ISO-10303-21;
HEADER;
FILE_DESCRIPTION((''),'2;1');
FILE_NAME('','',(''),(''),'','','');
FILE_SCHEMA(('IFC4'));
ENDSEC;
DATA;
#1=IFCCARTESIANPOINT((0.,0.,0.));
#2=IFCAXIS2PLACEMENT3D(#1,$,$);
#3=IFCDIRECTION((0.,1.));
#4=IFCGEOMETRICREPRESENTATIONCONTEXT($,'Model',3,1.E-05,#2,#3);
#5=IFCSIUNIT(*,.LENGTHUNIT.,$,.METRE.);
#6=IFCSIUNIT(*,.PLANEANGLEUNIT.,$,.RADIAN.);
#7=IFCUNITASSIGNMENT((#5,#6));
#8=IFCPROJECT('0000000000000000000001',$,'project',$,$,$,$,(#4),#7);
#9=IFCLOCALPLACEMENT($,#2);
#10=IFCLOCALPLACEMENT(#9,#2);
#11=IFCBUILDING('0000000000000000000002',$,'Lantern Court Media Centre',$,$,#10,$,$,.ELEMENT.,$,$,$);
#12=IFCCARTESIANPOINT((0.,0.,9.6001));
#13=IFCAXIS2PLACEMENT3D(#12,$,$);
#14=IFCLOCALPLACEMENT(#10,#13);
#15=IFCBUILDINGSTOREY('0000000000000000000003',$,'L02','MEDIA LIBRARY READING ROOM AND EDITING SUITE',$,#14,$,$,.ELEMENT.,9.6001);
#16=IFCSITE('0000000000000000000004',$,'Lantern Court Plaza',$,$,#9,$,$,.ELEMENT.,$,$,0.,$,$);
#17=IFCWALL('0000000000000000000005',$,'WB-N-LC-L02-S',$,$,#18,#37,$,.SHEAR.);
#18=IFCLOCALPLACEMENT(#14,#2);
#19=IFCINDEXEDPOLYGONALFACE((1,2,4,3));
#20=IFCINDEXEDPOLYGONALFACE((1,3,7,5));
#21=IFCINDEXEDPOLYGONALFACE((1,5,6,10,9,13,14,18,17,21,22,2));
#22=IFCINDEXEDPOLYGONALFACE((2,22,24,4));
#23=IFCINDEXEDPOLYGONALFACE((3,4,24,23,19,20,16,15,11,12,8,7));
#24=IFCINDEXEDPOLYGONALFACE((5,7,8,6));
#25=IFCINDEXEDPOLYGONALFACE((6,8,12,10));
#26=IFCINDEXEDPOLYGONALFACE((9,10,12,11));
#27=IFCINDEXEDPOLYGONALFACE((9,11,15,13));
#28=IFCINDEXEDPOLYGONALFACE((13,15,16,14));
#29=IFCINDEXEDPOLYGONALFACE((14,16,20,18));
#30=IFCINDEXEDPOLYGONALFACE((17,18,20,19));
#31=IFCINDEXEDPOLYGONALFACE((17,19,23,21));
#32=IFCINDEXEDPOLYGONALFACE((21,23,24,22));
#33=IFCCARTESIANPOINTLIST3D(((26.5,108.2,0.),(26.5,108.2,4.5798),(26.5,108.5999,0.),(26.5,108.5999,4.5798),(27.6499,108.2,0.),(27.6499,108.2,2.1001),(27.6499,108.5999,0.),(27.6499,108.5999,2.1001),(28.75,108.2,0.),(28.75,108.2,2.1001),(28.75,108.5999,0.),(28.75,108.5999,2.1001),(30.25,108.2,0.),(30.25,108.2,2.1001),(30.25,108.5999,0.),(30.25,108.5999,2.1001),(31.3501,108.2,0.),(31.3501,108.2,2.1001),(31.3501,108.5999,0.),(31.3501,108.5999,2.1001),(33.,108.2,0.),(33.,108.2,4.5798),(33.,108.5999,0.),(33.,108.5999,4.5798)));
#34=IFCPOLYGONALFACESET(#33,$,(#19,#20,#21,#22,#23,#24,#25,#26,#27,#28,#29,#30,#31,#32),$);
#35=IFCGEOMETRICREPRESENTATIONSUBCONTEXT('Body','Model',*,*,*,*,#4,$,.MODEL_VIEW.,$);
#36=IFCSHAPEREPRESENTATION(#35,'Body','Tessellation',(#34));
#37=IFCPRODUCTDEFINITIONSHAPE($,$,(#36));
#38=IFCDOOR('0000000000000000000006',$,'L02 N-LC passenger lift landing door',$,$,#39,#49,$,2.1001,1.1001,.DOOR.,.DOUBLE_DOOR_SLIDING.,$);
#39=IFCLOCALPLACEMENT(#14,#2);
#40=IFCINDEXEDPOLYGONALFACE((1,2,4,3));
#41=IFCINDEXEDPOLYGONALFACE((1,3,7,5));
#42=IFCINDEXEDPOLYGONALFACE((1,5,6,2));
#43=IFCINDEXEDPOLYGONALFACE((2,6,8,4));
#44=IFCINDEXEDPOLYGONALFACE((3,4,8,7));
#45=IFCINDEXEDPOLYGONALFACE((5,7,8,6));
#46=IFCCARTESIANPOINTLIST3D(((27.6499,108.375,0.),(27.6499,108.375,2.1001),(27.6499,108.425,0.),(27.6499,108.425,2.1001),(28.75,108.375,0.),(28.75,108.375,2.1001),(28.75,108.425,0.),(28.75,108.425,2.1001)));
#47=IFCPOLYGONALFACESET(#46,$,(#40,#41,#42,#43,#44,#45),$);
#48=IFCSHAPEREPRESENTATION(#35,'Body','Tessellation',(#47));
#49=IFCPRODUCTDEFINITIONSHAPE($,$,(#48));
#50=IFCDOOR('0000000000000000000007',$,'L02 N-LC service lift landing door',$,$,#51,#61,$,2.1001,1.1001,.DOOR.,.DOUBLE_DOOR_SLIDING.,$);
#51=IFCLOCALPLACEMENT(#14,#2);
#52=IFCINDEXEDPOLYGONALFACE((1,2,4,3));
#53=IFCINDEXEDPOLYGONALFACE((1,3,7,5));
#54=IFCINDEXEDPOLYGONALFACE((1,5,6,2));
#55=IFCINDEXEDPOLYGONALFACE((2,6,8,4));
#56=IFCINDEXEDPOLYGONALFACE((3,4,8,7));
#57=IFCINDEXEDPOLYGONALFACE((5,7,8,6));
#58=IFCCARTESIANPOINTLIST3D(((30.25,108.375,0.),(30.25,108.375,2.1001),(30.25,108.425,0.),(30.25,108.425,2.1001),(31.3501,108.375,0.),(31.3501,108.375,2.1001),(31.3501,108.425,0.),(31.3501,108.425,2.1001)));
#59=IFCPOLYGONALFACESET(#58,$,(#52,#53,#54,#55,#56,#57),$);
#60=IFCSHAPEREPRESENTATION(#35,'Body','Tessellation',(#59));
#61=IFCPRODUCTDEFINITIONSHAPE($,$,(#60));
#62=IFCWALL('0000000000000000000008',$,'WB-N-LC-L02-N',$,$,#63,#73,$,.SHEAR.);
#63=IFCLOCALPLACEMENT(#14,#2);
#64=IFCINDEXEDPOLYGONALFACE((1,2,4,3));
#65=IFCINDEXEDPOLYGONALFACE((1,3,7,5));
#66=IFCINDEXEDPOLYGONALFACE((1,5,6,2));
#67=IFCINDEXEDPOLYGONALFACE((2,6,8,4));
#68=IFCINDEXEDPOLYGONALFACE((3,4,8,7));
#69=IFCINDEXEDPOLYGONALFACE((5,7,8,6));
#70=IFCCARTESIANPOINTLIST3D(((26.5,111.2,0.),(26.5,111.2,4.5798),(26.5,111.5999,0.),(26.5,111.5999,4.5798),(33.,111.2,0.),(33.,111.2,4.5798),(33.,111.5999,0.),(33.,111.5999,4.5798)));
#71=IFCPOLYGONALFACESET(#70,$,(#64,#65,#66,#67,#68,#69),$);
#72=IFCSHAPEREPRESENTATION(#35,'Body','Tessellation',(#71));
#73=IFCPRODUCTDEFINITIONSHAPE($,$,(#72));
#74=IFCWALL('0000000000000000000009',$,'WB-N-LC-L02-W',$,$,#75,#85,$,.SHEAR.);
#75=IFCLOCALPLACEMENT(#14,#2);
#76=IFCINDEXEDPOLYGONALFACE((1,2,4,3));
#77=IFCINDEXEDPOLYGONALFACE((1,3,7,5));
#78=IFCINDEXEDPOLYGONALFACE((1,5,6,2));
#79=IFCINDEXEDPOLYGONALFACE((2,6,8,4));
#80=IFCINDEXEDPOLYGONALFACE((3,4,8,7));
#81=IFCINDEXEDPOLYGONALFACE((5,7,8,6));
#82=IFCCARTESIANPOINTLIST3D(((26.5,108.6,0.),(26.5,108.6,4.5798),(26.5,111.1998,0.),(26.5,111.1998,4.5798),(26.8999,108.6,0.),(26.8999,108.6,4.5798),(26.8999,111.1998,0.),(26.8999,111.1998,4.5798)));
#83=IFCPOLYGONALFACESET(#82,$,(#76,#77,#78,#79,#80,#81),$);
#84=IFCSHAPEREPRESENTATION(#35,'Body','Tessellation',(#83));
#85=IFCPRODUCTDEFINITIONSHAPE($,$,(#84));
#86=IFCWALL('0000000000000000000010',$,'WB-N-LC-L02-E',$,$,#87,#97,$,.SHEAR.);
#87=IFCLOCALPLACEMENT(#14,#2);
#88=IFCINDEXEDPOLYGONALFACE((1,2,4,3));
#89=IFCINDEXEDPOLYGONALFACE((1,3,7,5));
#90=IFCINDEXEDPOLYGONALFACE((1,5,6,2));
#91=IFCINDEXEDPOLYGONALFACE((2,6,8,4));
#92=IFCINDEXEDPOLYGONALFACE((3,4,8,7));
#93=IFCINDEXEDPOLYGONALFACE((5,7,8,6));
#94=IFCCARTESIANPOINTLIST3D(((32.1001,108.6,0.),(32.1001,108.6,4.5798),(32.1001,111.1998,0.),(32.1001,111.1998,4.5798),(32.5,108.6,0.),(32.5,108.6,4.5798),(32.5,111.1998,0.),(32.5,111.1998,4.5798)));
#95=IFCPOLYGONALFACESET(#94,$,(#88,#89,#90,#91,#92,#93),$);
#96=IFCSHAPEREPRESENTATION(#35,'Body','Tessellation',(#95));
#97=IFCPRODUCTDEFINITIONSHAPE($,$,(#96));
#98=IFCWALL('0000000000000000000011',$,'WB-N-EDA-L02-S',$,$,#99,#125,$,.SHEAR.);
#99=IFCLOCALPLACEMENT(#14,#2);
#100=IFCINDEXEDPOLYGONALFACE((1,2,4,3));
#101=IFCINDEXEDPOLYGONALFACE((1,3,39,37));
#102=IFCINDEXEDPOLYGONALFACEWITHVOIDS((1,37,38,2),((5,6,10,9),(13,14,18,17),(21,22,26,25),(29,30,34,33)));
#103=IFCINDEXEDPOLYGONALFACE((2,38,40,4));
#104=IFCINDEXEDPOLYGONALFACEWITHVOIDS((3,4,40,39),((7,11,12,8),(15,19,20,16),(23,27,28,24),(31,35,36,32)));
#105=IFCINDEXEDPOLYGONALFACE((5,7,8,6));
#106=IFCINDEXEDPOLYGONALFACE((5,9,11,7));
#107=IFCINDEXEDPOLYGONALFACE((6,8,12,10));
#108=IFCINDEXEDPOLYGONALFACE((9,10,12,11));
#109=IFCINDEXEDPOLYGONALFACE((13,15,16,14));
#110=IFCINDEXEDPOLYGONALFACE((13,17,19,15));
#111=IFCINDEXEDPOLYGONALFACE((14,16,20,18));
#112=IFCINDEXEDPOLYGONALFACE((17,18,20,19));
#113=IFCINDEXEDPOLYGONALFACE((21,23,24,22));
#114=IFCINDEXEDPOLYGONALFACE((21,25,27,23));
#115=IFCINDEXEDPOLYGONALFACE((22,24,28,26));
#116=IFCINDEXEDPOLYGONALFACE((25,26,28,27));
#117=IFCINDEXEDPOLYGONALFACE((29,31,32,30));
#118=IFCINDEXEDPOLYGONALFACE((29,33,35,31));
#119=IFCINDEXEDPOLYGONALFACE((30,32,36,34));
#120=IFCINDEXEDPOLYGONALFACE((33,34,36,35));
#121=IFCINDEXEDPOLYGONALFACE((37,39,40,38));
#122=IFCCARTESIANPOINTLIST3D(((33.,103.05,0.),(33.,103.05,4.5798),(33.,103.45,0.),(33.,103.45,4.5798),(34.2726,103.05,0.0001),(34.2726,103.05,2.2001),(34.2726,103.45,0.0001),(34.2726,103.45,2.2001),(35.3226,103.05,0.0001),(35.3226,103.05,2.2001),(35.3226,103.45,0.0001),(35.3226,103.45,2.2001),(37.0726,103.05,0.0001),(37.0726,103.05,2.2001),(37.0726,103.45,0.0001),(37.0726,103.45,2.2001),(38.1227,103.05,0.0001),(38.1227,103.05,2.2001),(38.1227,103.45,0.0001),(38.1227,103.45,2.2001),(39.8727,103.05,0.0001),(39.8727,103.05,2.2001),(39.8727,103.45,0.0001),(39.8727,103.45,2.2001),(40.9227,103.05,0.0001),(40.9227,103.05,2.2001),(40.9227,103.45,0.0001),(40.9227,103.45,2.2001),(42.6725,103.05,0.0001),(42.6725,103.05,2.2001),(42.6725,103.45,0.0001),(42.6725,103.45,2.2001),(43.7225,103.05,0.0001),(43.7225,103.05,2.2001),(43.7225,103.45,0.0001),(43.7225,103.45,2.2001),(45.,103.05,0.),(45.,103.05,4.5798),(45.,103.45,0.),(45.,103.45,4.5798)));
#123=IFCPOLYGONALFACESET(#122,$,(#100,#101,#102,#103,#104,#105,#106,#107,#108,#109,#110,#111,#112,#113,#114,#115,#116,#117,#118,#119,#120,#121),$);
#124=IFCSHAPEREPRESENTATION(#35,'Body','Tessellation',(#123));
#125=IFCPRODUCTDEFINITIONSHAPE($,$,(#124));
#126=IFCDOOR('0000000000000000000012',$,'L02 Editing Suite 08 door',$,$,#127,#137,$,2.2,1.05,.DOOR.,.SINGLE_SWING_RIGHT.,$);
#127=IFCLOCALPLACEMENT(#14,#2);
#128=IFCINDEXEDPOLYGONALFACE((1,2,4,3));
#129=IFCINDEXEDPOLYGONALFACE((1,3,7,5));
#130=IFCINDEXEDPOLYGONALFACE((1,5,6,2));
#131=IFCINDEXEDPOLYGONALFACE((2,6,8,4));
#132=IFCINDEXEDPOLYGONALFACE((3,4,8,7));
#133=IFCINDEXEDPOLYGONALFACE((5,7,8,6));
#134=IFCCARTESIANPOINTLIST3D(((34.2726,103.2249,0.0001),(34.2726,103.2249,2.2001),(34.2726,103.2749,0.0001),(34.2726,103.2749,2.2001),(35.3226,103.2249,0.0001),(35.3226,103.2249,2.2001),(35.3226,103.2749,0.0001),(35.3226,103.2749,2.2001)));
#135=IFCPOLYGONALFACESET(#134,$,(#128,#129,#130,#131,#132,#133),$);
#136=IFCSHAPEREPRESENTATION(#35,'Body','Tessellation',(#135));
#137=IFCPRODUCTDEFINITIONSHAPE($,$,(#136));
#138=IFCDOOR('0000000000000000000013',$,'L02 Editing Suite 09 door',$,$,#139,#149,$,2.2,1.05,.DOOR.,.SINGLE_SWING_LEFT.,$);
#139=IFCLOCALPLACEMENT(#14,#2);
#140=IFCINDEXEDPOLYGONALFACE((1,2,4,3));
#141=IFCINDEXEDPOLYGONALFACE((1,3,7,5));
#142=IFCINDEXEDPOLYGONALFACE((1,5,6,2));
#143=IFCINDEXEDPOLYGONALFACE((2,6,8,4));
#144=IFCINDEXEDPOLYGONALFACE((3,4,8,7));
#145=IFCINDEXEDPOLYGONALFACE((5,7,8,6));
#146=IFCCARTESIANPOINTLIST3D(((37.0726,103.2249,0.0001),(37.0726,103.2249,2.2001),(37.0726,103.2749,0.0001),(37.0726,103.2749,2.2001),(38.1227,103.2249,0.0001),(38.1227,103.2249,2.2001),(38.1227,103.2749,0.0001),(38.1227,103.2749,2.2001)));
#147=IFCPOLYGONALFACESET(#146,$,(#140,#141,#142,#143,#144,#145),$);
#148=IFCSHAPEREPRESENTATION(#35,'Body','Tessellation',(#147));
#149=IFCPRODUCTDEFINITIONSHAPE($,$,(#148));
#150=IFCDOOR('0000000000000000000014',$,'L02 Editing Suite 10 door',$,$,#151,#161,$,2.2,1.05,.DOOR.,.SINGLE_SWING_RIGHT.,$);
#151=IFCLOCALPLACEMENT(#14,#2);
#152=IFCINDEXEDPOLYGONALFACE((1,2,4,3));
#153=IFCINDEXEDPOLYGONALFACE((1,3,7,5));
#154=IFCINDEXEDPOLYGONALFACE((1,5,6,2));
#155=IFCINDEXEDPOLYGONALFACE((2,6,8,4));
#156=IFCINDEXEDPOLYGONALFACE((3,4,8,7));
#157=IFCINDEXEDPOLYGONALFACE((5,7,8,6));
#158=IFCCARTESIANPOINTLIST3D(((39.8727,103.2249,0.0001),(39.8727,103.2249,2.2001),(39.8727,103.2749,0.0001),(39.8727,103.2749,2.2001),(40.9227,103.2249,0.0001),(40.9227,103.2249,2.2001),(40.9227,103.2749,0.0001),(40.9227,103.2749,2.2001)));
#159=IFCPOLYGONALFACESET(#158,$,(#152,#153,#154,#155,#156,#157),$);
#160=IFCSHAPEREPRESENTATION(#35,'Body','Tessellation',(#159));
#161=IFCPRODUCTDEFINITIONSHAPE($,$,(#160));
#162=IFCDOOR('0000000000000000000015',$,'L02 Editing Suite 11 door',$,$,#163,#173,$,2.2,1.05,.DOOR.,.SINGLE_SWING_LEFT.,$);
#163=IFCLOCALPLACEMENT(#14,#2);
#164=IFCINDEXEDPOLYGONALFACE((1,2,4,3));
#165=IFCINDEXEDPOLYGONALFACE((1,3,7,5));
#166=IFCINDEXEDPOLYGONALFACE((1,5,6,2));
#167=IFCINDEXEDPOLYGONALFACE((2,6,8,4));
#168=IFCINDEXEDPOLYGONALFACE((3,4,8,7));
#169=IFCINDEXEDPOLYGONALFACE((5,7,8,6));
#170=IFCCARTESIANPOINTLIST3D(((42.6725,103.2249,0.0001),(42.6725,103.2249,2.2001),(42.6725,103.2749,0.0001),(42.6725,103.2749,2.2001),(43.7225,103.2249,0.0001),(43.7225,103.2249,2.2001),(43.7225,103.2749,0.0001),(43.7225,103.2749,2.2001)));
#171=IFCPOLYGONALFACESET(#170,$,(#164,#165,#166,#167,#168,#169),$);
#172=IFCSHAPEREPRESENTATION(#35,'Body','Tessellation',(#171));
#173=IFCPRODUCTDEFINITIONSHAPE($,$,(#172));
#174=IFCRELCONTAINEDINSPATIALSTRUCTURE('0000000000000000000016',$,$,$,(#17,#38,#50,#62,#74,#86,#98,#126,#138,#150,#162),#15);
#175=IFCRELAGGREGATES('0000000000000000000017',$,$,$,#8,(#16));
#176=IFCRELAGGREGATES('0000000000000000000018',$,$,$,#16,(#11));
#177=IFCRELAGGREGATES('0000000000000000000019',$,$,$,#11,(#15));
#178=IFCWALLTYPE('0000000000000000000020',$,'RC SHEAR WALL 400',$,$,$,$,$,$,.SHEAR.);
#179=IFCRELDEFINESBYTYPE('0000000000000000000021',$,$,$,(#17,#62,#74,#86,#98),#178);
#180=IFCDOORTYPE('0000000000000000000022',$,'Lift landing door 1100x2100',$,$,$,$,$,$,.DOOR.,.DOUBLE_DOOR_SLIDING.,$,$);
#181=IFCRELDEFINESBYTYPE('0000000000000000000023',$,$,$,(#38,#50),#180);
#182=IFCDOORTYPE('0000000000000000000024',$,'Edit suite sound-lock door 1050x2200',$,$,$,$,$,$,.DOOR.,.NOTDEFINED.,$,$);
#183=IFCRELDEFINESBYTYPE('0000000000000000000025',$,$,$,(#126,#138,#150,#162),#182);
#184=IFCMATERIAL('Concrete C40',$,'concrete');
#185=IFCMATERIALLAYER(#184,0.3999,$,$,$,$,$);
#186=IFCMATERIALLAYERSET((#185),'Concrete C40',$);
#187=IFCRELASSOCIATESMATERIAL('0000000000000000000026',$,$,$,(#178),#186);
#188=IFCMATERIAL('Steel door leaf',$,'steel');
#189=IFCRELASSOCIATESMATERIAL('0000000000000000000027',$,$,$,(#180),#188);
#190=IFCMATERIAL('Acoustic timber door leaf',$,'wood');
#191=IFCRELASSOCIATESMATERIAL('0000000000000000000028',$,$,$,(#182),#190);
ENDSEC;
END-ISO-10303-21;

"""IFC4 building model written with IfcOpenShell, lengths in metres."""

from ifc_helpers import new_model, si_unit, direction, frame, frame_2d, origin, place, context, subcontext, project, spatial, rectangle, extrude, material, layer, layer_set, type_object, element, fill, save


model = new_model("IFC4")

# Units and contexts
model_context = context("Model", 3, precision=1e-05, world=origin(), true_north=direction((0.0, 1.0)))
body_context = subcontext(model_context, "Body", "Model", "MODEL_VIEW")
ifc_project = project(units=[si_unit("LENGTHUNIT", "METRE"), si_unit("PLANEANGLEUNIT", "RADIAN")], contexts=[model_context])

# Site, building, storey
site_placement = place(None, origin())
site = spatial("IfcSite", under=ifc_project, at=site_placement, Name="Lantern Court Plaza", CompositionType="ELEMENT", RefElevation=0.0)
building_placement = place(site_placement, origin())
building = spatial("IfcBuilding", under=site, at=building_placement, Name="Lantern Court Media Centre", CompositionType="ELEMENT")
storey_placement = place(building_placement, frame((0.0, 0.0, 9.6001)))
storey = spatial("IfcBuildingStorey", under=building, at=storey_placement, Name="L02", Description="MEDIA LIBRARY READING ROOM AND EDITING SUITE", CompositionType="ELEMENT", Elevation=9.6001)

# Shared definitions
ifc_material_1 = material(Name="Concrete C40", Category="concrete")

# Wall, openings, doors
ifc_layer_1 = layer(ifc_material_1, 0.3999)
ifc_layer_set_1 = layer_set([ifc_layer_1], Name="Concrete C40")
wall_type_1 = type_object("IfcWallType", Name="RC SHEAR WALL 400", PredefinedType="SHEAR", material=ifc_layer_set_1)
wall_1_placement = place(storey_placement, frame((26.5, 108.3999, 0.0), z_axis=(0.0, 0.0, 1.0), x_axis=(1.0, 0.0, 0.0)))
wall_1 = element("IfcWall", 1, at=wall_1_placement, inside=storey, type_object=wall_type_1, Name="WB-N-LC-L02-S", PredefinedType="SHEAR", context=body_context, shape_type="SweptSolid", body=[
    extrude(rectangle(XDim=6.5, YDim=0.3999, at=frame_2d((3.25, 0.0))), origin(), (0.0, 0.0, 1.0), 4.5798),
])
opening_1_placement = place(wall_1_placement, frame((1.1499, 0.0, 0.0)))
opening_1 = element("IfcOpeningElement", 2, at=opening_1_placement, cuts=wall_1, PredefinedType="OPENING", context=body_context, shape_type="SweptSolid", body=[
    extrude(rectangle(XDim=1.1001, YDim=2.1001, at=frame_2d((0.55, 1.05))), frame((0.0, 0.21, 0.0), z_axis=(0.0, -1.0, 0.0), x_axis=(1.0, 0.0, 0.0)), (0.0, 0.0, 1.0), 0.4199),
])
opening_2_placement = place(wall_1_placement, frame((3.75, 0.0, 0.0)))
opening_2 = element("IfcOpeningElement", 3, at=opening_2_placement, cuts=wall_1, PredefinedType="OPENING", context=body_context, shape_type="SweptSolid", body=[
    extrude(rectangle(XDim=1.1001, YDim=2.1001, at=frame_2d((0.55, 1.05))), frame((0.0, 0.21, 0.0), z_axis=(0.0, -1.0, 0.0), x_axis=(1.0, 0.0, 0.0)), (0.0, 0.0, 1.0), 0.4199),
])
ifc_material_2 = material(Name="Steel door leaf", Category="steel")
door_type_1 = type_object("IfcDoorType", Name="Lift landing door 1100x2100", OperationType="DOUBLE_DOOR_SLIDING", PredefinedType="DOOR", material=ifc_material_2)
door_1_placement = place(opening_1_placement, frame((1.1001, 0.0, 0.0), z_axis=(0.0, 0.0, 1.0), x_axis=(-1.0, 0.0, 0.0)))
door_1 = element("IfcDoor", 4, at=door_1_placement, inside=storey, type_object=door_type_1, Name="L02 N-LC passenger lift landing door", OperationType="DOUBLE_DOOR_SLIDING", OverallHeight=2.1001, OverallWidth=1.1001, PredefinedType="DOOR", context=body_context, shape_type="SweptSolid", body=[
    extrude(rectangle(XDim=1.1001, YDim=2.1001, at=frame_2d((0.55, 1.05))), frame((0.0, 0.0249, 0.0), z_axis=(0.0, -1.0, 0.0), x_axis=(1.0, 0.0, 0.0)), (0.0, 0.0, 1.0), 0.05),
])
fill(opening_1, door_1)
door_2_placement = place(opening_2_placement, frame((1.1001, 0.0, 0.0), z_axis=(0.0, 0.0, 1.0), x_axis=(-1.0, 0.0, 0.0)))
door_2 = element("IfcDoor", 5, at=door_2_placement, inside=storey, type_object=door_type_1, Name="L02 N-LC service lift landing door", OperationType="DOUBLE_DOOR_SLIDING", OverallHeight=2.1001, OverallWidth=1.1001, PredefinedType="DOOR", context=body_context, shape_type="SweptSolid", body=[
    extrude(rectangle(XDim=1.1001, YDim=2.1001, at=frame_2d((0.55, 1.05))), frame((0.0, 0.0249, 0.0), z_axis=(0.0, -1.0, 0.0), x_axis=(1.0, 0.0, 0.0)), (0.0, 0.0, 1.0), 0.05),
])
fill(opening_2, door_2)

# Walls
wall_2_placement = place(storey_placement, frame((26.5, 111.3999, 0.0), z_axis=(0.0, 0.0, 1.0), x_axis=(1.0, 0.0, 0.0)))
element("IfcWall", 6, at=wall_2_placement, inside=storey, type_object=wall_type_1, Name="WB-N-LC-L02-N", PredefinedType="SHEAR", context=body_context, shape_type="SweptSolid", body=[
    extrude(rectangle(XDim=6.5, YDim=0.3999, at=frame_2d((3.25, 0.0))), origin(), (0.0, 0.0, 1.0), 4.5798),
])
for number, where, z_axis, x_axis, name in (
    (7, (26.7, 108.6001, 0.0), (0.0, 0.0, 1.0), (0.0, 1.0, 0.0), "WB-N-LC-L02-W"),
    (8, (32.3, 108.6001, 0.0), (0.0, 0.0, 1.0), (0.0, 1.0, 0.0), "WB-N-LC-L02-E"),
):
    element("IfcWall", number, at=place(storey_placement, frame(where, z_axis=z_axis, x_axis=x_axis)), inside=storey, type_object=wall_type_1, Name=name, PredefinedType="SHEAR", context=body_context, shape_type="SweptSolid", body=[
        extrude(rectangle(XDim=2.5999, YDim=0.3999, at=frame_2d((1.2998, 0.0))), origin(), (0.0, 0.0, 1.0), 4.5798),
    ])

# Wall, openings, doors
wall_3_placement = place(storey_placement, frame((33.0, 103.25, 0.0), z_axis=(0.0, 0.0, 1.0), x_axis=(1.0, 0.0, 0.0)))
wall_3 = element("IfcWall", 9, at=wall_3_placement, inside=storey, type_object=wall_type_1, Name="WB-N-EDA-L02-S", PredefinedType="SHEAR", context=body_context, shape_type="SweptSolid", body=[
    extrude(rectangle(XDim=12.0, YDim=0.3999, at=frame_2d((6.0, 0.0))), origin(), (0.0, 0.0, 1.0), 4.5798),
])
opening_3_placement = place(wall_3_placement, frame((1.2727, 0.0, 0.0)))
opening_3 = element("IfcOpeningElement", 10, at=opening_3_placement, cuts=wall_3, PredefinedType="OPENING", context=body_context, shape_type="SweptSolid", body=[
    extrude(rectangle(XDim=1.05, YDim=2.2, at=frame_2d((0.5249, 1.1001))), frame((0.0, 0.21, 0.0), z_axis=(0.0, -1.0, 0.0), x_axis=(1.0, 0.0, 0.0)), (0.0, 0.0, 1.0), 0.4199),
])
opening_4_placement = place(wall_3_placement, frame((4.0728, 0.0, 0.0)))
opening_4 = element("IfcOpeningElement", 11, at=opening_4_placement, cuts=wall_3, PredefinedType="OPENING", context=body_context, shape_type="SweptSolid", body=[
    extrude(rectangle(XDim=1.05, YDim=2.2, at=frame_2d((0.5249, 1.1001))), frame((0.0, 0.21, 0.0), z_axis=(0.0, -1.0, 0.0), x_axis=(1.0, 0.0, 0.0)), (0.0, 0.0, 1.0), 0.4199),
])
opening_5_placement = place(wall_3_placement, frame((6.8728, 0.0, 0.0)))
opening_5 = element("IfcOpeningElement", 12, at=opening_5_placement, cuts=wall_3, PredefinedType="OPENING", context=body_context, shape_type="SweptSolid", body=[
    extrude(rectangle(XDim=1.05, YDim=2.2, at=frame_2d((0.5249, 1.1001))), frame((0.0, 0.21, 0.0), z_axis=(0.0, -1.0, 0.0), x_axis=(1.0, 0.0, 0.0)), (0.0, 0.0, 1.0), 0.4199),
])
opening_6_placement = place(wall_3_placement, frame((9.6726, 0.0, 0.0)))
opening_6 = element("IfcOpeningElement", 13, at=opening_6_placement, cuts=wall_3, PredefinedType="OPENING", context=body_context, shape_type="SweptSolid", body=[
    extrude(rectangle(XDim=1.05, YDim=2.2, at=frame_2d((0.5249, 1.1001))), frame((0.0, 0.21, 0.0), z_axis=(0.0, -1.0, 0.0), x_axis=(1.0, 0.0, 0.0)), (0.0, 0.0, 1.0), 0.4199),
])
ifc_material_3 = material(Name="Acoustic timber door leaf", Category="wood")
door_type_2 = type_object("IfcDoorType", Name="Edit suite sound-lock door 1050x2200", OperationType="NOTDEFINED", PredefinedType="DOOR", material=ifc_material_3)
door_3_placement = place(opening_3_placement, origin())
door_3 = element("IfcDoor", 14, at=door_3_placement, inside=storey, type_object=door_type_2, Name="L02 Editing Suite 08 door", OperationType="SINGLE_SWING_RIGHT", OverallHeight=2.2, OverallWidth=1.05, PredefinedType="DOOR", context=body_context, shape_type="SweptSolid", body=[
    extrude(rectangle(XDim=1.05, YDim=2.2, at=frame_2d((0.5249, 1.1001))), frame((0.0, 0.0249, 0.0), z_axis=(0.0, -1.0, 0.0), x_axis=(1.0, 0.0, 0.0)), (0.0, 0.0, 1.0), 0.05),
])
fill(opening_3, door_3)
door_4_placement = place(opening_4_placement, origin())
door_4 = element("IfcDoor", 15, at=door_4_placement, inside=storey, type_object=door_type_2, Name="L02 Editing Suite 09 door", OperationType="SINGLE_SWING_LEFT", OverallHeight=2.2, OverallWidth=1.05, PredefinedType="DOOR", context=body_context, shape_type="SweptSolid", body=[
    extrude(rectangle(XDim=1.05, YDim=2.2, at=frame_2d((0.5249, 1.1001))), frame((0.0, 0.0249, 0.0), z_axis=(0.0, -1.0, 0.0), x_axis=(1.0, 0.0, 0.0)), (0.0, 0.0, 1.0), 0.05),
])
fill(opening_4, door_4)
door_5_placement = place(opening_5_placement, origin())
door_5 = element("IfcDoor", 16, at=door_5_placement, inside=storey, type_object=door_type_2, Name="L02 Editing Suite 10 door", OperationType="SINGLE_SWING_RIGHT", OverallHeight=2.2, OverallWidth=1.05, PredefinedType="DOOR", context=body_context, shape_type="SweptSolid", body=[
    extrude(rectangle(XDim=1.05, YDim=2.2, at=frame_2d((0.5249, 1.1001))), frame((0.0, 0.0249, 0.0), z_axis=(0.0, -1.0, 0.0), x_axis=(1.0, 0.0, 0.0)), (0.0, 0.0, 1.0), 0.05),
])
fill(opening_5, door_5)
door_6_placement = place(opening_6_placement, origin())
door_6 = element("IfcDoor", 17, at=door_6_placement, inside=storey, type_object=door_type_2, Name="L02 Editing Suite 11 door", OperationType="SINGLE_SWING_LEFT", OverallHeight=2.2, OverallWidth=1.05, PredefinedType="DOOR", context=body_context, shape_type="SweptSolid", body=[
    extrude(rectangle(XDim=1.05, YDim=2.2, at=frame_2d((0.5249, 1.1001))), frame((0.0, 0.0249, 0.0), z_axis=(0.0, -1.0, 0.0), x_axis=(1.0, 0.0, 0.0)), (0.0, 0.0, 1.0), 0.05),
])
fill(opening_6, door_6)

save(model, "model.ifc")
